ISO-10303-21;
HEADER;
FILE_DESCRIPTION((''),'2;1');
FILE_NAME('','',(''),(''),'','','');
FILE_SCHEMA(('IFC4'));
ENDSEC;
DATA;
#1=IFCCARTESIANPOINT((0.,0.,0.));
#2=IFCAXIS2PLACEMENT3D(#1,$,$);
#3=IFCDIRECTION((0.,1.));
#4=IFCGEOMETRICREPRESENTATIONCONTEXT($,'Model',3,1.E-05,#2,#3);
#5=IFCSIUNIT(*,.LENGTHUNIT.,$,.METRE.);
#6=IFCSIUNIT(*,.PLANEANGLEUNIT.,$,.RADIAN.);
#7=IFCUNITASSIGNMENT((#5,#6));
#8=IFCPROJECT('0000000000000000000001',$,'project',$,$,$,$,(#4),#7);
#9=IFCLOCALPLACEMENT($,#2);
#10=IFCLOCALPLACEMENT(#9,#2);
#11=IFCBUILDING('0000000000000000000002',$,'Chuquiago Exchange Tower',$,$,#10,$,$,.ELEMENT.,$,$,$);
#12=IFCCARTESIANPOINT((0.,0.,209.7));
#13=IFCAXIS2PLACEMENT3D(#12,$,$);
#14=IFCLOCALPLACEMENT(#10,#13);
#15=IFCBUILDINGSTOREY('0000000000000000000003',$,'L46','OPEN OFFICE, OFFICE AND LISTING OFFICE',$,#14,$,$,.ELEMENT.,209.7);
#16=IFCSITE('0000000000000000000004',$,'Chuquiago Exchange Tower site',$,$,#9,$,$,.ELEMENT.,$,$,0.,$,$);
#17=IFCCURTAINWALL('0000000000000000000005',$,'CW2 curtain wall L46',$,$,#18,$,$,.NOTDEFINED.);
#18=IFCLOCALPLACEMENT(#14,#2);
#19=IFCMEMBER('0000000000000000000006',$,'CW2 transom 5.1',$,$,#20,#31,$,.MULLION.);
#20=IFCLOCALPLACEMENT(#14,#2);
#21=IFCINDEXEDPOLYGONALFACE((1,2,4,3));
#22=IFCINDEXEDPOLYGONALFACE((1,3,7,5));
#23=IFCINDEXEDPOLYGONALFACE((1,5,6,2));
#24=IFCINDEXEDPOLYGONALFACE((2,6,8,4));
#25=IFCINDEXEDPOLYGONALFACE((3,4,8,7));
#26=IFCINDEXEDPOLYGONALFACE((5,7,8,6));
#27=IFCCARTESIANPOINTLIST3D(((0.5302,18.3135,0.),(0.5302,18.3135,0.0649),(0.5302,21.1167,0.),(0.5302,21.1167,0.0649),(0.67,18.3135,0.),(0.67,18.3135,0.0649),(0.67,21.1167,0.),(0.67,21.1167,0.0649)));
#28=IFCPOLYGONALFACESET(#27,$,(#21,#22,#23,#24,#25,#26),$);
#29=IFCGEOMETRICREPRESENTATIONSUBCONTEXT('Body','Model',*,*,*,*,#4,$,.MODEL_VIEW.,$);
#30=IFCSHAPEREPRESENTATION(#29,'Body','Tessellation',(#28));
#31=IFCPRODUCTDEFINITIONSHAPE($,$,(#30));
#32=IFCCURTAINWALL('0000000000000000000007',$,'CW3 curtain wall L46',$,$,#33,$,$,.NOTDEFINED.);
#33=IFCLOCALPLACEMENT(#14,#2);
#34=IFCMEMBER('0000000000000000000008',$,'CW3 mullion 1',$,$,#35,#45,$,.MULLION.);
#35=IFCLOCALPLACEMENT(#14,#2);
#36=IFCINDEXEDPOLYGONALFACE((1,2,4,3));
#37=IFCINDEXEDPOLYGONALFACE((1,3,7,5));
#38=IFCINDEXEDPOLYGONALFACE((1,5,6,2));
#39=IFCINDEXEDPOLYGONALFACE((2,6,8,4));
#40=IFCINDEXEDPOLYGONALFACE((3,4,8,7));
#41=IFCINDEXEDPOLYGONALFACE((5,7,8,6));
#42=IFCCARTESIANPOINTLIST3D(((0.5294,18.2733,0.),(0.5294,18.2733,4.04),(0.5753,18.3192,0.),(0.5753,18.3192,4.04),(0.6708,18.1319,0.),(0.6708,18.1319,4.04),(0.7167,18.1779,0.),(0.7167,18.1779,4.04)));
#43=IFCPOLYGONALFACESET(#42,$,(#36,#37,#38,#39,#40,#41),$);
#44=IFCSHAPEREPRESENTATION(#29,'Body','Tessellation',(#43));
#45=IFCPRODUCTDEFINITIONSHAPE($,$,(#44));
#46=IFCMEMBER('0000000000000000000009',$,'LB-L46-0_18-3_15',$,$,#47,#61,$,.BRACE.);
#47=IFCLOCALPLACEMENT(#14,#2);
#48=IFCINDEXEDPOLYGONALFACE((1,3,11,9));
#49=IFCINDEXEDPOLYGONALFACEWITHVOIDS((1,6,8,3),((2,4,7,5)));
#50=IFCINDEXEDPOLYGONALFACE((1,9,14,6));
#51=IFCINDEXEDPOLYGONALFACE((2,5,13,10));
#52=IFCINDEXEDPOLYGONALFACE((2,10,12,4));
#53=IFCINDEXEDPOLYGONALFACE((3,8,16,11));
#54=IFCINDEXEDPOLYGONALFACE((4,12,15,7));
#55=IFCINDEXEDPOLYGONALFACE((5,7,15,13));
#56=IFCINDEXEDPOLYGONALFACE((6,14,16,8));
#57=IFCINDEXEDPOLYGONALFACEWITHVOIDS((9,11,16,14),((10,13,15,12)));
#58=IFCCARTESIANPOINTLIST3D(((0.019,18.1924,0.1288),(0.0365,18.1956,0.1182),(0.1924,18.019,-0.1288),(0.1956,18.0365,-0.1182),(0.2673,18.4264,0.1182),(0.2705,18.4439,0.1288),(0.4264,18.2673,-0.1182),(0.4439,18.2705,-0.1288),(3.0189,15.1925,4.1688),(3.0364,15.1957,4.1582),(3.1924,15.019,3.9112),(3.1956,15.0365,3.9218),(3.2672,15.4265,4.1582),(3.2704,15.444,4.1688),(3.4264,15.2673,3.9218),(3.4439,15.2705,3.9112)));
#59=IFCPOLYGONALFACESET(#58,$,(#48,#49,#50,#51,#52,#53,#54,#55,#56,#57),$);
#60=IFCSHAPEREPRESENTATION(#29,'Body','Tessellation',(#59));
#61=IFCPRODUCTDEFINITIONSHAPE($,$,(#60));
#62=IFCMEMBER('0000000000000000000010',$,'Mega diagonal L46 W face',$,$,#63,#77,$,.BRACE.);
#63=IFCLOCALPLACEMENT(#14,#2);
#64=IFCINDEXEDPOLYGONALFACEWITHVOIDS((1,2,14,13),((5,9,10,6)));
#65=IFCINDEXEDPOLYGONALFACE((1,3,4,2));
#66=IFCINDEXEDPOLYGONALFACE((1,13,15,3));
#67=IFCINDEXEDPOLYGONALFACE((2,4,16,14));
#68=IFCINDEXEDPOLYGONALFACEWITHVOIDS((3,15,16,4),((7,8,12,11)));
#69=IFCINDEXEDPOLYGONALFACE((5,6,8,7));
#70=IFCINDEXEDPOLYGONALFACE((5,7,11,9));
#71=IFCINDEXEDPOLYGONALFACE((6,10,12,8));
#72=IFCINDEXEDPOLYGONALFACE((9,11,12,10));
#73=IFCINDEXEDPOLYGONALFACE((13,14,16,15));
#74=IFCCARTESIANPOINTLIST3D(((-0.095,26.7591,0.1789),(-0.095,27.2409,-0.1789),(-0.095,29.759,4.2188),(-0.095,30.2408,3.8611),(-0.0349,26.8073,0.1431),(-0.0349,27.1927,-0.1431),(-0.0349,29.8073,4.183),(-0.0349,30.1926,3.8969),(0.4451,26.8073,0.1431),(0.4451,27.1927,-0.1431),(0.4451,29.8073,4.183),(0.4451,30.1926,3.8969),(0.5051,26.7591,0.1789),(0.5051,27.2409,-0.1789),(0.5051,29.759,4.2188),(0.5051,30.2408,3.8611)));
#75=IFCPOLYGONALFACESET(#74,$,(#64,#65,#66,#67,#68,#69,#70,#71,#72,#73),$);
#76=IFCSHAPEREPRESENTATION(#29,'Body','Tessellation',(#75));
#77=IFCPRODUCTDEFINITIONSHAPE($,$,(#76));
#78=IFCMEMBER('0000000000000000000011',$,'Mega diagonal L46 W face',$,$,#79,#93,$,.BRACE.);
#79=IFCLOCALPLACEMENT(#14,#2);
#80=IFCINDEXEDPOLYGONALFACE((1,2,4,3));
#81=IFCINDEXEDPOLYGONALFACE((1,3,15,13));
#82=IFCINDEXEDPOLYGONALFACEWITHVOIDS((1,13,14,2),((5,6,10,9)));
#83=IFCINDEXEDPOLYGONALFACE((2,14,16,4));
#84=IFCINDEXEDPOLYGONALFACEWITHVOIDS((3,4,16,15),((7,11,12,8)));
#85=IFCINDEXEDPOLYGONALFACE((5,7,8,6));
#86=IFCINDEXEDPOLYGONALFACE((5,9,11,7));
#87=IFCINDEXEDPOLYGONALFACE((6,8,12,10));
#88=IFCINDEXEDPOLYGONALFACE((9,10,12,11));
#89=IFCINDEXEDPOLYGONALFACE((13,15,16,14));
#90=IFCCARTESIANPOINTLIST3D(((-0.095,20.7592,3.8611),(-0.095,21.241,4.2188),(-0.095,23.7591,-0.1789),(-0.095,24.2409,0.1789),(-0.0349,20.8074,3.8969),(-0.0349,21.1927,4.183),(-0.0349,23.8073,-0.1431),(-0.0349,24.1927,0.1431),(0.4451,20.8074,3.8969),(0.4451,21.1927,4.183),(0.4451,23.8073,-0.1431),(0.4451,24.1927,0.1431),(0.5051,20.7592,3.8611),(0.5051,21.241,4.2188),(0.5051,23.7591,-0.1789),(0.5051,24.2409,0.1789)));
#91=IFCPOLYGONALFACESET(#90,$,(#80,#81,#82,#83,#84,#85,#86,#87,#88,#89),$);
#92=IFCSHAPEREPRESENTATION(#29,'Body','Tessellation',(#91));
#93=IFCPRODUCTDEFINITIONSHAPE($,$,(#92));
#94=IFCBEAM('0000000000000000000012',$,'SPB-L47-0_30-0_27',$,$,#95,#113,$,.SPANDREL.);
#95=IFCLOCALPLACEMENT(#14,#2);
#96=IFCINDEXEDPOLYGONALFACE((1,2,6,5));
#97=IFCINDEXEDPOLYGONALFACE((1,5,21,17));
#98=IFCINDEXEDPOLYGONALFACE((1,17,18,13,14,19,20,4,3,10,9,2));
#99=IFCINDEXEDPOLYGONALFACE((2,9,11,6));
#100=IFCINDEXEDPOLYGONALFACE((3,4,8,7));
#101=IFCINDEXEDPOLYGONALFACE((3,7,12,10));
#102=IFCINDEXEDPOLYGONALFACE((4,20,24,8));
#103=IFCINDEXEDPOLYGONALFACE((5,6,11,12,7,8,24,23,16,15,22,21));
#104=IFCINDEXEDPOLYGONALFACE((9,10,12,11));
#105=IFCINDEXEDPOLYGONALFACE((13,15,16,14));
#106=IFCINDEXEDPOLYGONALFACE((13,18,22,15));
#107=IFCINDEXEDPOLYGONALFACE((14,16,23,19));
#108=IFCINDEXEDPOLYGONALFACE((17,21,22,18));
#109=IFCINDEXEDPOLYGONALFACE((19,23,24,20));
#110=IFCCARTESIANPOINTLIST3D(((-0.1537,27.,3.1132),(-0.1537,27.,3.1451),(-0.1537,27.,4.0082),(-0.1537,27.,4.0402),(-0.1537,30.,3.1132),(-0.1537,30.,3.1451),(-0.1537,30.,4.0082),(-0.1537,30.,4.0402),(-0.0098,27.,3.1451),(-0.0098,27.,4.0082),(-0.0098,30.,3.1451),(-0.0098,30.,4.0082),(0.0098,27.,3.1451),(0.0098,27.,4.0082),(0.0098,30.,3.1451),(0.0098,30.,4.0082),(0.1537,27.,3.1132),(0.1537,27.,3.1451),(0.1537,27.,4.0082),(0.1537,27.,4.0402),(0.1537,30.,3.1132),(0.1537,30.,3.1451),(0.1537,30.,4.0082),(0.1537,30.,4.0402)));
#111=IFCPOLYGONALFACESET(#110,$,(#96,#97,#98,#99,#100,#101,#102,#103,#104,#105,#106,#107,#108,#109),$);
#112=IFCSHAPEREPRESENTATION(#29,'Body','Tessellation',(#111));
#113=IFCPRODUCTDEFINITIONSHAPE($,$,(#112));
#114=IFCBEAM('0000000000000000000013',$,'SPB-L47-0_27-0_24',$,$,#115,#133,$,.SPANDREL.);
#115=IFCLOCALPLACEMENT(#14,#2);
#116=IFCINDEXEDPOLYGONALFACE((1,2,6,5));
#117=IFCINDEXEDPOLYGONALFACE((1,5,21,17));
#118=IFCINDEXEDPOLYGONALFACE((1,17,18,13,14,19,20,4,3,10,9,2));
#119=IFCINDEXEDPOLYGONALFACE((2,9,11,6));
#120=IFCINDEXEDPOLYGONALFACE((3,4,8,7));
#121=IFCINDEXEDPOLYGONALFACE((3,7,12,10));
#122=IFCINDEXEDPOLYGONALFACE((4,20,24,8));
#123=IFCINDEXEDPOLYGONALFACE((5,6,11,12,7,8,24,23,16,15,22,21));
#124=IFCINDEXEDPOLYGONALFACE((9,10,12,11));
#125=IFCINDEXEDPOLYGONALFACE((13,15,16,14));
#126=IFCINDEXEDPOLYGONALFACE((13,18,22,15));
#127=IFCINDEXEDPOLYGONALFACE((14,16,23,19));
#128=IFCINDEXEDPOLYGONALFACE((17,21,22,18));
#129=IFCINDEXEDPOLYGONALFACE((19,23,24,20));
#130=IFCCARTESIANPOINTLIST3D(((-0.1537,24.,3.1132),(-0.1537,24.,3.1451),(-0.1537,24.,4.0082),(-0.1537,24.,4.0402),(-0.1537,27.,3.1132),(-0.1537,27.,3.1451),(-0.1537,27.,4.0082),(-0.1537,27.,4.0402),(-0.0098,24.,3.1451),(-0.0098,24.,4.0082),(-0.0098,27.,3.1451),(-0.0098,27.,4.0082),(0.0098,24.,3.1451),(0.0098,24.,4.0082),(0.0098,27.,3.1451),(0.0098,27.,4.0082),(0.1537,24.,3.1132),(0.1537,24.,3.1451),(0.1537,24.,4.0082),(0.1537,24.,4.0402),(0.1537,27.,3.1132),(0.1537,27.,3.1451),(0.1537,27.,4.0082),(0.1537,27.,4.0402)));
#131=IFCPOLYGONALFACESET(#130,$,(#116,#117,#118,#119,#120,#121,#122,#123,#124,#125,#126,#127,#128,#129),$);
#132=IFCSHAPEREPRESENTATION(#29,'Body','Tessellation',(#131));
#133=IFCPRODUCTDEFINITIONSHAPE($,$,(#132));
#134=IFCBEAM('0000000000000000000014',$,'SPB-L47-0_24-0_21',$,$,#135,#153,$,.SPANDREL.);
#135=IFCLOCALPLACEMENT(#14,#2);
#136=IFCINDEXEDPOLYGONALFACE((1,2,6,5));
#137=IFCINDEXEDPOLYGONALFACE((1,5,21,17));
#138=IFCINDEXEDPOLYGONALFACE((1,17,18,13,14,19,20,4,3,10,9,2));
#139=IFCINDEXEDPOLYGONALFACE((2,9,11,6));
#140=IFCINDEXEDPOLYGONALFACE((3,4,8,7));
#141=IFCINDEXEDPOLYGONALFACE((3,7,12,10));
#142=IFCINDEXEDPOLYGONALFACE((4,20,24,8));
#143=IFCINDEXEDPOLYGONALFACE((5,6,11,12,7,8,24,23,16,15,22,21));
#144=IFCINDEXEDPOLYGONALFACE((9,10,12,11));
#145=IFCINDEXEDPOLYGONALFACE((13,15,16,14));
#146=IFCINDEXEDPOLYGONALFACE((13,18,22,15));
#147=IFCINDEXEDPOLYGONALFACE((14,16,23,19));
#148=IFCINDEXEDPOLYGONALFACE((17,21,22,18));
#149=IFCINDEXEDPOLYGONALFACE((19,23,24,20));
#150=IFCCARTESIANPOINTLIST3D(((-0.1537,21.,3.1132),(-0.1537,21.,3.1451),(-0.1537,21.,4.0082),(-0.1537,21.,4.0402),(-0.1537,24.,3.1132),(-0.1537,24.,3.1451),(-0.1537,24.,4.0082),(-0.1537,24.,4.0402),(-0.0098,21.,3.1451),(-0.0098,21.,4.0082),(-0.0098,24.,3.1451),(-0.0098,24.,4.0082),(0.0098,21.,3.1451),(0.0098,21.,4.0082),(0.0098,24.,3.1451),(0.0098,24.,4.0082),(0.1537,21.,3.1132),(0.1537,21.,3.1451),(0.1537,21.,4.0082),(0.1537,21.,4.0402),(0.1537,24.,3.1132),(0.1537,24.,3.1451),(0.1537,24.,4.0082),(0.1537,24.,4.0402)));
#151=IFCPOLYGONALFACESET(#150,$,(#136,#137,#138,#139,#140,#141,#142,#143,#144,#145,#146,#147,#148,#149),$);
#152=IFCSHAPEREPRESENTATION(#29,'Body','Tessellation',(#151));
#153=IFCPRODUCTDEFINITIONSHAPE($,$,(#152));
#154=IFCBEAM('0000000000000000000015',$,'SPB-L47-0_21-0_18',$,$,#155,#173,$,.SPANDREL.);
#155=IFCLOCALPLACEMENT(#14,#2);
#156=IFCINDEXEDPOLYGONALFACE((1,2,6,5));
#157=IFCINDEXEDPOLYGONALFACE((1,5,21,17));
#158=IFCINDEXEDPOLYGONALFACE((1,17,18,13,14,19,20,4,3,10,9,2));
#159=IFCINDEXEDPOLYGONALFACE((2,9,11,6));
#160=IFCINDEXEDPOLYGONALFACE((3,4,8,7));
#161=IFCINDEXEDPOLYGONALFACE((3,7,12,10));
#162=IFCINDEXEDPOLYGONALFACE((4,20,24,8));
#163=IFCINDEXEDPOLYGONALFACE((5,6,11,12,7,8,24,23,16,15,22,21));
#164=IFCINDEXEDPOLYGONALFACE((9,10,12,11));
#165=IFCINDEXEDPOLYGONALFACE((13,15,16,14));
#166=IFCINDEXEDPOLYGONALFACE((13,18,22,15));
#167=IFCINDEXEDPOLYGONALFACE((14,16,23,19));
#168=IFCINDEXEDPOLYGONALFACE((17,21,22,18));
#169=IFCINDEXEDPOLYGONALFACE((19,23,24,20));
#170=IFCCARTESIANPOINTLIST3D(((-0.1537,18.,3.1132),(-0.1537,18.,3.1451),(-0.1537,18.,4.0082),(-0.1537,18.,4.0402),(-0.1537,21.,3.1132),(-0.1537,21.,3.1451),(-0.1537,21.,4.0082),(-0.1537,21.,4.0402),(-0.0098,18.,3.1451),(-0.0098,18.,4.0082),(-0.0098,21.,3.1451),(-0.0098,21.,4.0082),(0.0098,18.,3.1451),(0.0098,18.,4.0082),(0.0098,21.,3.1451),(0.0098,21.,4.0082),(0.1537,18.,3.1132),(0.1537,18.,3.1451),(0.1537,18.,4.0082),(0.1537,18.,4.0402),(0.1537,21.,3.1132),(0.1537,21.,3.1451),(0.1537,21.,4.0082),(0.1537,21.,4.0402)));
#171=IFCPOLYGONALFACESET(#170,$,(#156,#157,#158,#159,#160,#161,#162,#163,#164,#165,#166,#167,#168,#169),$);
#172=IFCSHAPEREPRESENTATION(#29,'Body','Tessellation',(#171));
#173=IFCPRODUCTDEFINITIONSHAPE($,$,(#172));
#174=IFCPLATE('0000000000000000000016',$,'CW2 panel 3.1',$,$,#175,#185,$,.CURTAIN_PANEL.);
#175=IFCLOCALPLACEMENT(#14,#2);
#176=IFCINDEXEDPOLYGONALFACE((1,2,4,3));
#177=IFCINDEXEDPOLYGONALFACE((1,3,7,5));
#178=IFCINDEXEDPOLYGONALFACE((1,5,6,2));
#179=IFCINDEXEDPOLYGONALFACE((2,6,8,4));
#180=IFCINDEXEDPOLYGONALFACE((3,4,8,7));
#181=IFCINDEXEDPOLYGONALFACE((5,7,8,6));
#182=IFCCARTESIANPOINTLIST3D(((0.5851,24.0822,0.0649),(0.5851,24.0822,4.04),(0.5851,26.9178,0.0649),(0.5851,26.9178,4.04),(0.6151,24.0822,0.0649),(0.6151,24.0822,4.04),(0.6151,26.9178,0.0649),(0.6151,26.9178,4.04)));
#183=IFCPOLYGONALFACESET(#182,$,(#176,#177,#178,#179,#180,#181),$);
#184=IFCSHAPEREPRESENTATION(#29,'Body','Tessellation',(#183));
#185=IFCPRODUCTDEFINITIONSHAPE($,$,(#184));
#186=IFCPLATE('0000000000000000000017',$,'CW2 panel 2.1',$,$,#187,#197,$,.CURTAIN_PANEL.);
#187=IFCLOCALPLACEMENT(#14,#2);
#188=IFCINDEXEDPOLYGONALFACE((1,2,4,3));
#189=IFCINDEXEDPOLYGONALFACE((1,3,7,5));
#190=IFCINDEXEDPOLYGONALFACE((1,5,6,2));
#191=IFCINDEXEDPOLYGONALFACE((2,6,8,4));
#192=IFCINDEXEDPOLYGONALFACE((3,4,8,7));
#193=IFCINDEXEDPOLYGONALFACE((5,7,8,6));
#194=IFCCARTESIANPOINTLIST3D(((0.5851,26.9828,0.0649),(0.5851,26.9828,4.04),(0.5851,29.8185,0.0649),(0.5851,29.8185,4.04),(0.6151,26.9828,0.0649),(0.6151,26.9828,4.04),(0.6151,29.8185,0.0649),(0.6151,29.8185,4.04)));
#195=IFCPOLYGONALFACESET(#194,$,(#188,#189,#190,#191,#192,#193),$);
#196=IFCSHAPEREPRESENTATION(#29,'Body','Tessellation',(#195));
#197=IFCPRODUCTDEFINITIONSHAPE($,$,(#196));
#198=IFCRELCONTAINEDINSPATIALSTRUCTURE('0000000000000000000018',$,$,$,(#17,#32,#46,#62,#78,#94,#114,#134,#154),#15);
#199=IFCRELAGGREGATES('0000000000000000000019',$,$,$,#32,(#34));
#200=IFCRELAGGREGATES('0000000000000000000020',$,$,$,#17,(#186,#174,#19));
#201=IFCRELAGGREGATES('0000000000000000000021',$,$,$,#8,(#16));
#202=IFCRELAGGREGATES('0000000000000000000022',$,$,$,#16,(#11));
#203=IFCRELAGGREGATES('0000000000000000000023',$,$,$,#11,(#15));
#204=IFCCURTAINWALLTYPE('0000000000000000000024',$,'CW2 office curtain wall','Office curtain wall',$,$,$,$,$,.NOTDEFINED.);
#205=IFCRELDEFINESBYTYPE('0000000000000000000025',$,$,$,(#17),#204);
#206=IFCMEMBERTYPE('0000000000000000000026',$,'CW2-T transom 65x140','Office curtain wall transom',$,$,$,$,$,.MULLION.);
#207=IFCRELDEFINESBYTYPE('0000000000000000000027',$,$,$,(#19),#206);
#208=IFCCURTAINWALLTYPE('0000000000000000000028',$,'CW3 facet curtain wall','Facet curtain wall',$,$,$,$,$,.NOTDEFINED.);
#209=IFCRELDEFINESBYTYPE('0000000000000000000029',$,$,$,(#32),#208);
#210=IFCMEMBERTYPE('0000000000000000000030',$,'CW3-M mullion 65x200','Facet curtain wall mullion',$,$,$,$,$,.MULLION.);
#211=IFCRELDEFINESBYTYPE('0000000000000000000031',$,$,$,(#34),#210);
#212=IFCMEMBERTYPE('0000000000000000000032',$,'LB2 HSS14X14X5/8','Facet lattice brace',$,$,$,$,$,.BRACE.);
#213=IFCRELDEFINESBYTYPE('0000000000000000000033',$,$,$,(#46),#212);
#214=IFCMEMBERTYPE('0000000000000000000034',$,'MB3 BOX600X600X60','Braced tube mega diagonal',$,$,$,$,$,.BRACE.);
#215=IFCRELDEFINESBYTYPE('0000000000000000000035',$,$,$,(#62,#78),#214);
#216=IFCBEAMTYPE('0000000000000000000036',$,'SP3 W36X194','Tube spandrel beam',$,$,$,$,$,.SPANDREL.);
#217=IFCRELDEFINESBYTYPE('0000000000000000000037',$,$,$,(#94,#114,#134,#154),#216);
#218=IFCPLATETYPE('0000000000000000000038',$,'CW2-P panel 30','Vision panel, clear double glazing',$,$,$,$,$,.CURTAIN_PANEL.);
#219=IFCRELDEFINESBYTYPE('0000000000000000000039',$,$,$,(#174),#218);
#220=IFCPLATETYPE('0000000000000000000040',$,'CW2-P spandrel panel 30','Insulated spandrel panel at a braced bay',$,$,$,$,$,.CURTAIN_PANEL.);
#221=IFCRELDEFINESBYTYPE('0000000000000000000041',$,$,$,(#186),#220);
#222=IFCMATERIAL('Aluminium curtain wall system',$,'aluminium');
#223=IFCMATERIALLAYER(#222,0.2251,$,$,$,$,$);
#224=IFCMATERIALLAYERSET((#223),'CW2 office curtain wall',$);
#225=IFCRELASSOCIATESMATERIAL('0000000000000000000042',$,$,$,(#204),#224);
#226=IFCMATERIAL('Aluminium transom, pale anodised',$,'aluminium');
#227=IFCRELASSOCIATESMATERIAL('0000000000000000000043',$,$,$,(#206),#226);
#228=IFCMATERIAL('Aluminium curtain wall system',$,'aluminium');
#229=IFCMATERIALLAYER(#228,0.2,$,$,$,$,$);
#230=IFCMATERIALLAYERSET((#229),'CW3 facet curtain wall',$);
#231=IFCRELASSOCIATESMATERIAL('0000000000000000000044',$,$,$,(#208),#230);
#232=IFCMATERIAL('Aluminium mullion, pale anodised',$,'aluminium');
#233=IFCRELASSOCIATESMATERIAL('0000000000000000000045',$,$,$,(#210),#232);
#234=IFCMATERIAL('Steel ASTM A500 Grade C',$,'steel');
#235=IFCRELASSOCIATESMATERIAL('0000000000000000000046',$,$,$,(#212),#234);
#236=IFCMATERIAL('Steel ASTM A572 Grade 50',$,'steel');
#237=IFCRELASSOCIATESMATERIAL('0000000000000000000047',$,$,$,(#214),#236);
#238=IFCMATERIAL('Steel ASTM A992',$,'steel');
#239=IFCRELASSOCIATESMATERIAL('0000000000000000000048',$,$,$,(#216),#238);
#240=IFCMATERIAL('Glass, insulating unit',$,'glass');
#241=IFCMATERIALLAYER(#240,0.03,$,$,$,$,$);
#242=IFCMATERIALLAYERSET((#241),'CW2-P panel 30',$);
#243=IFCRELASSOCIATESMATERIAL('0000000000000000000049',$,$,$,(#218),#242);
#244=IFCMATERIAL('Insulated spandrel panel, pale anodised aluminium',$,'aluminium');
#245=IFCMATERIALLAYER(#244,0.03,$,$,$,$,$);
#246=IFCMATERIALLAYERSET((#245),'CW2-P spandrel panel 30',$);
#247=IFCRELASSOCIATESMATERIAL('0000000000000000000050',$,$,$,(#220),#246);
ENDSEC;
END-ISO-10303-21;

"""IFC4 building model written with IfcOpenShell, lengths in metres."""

from ifc_helpers import new_model, si_unit, direction, frame, origin, origin_2d, place, context, subcontext, project, spatial, rectangle, hollow_rectangle, i_section, extrude, material, layer, layer_set, material_profile, profile_set, type_object, element, aggregate, save


model = new_model("IFC4")

# Units and contexts
model_context = context("Model", 3, precision=1e-05, world=origin(), true_north=direction((0.0, 1.0)))
body_context = subcontext(model_context, "Body", "Model", "MODEL_VIEW")
ifc_project = project(units=[si_unit("LENGTHUNIT", "METRE"), si_unit("PLANEANGLEUNIT", "RADIAN")], contexts=[model_context])

# Site, building, storey
site_placement = place(None, origin())
site = spatial("IfcSite", under=ifc_project, at=site_placement, Name="Chuquiago Exchange Tower site", CompositionType="ELEMENT", RefElevation=0.0)
building_placement = place(site_placement, origin())
building = spatial("IfcBuilding", under=site, at=building_placement, Name="Chuquiago Exchange Tower", CompositionType="ELEMENT")
storey_placement = place(building_placement, frame((0.0, 0.0, 209.7)))
storey = spatial("IfcBuildingStorey", under=building, at=storey_placement, Name="L46", Description="OPEN OFFICE, OFFICE AND LISTING OFFICE", CompositionType="ELEMENT", Elevation=209.7)

# Curtain wall, member
ifc_material_1 = material(Name="Aluminium curtain wall system", Category="aluminium")
ifc_layer_1 = layer(ifc_material_1, 0.2251)
ifc_layer_set_1 = layer_set([ifc_layer_1], Name="CW2 office curtain wall")
curtain_wall_type_1 = type_object("IfcCurtainWallType", Name="CW2 office curtain wall", Description="Office curtain wall", PredefinedType="NOTDEFINED", material=ifc_layer_set_1)
curtain_wall_1_placement = place(storey_placement, origin())
curtain_wall_1 = element("IfcCurtainWall", 1, at=curtain_wall_1_placement, inside=storey, type_object=curtain_wall_type_1, Name="CW2 curtain wall L46", PredefinedType="NOTDEFINED")
ifc_material_2 = material(Name="Aluminium transom, pale anodised", Category="aluminium")
ifc_material_profile_1 = material_profile(ifc_material_2, rectangle(XDim=0.1399, YDim=0.0649, at=origin_2d()), Name="AL 140x65")
ifc_profile_set_1 = profile_set([ifc_material_profile_1], Name="Aluminium transom, pale anodised")
member_type_1 = type_object("IfcMemberType", Name="CW2-T transom 65x140", Description="Office curtain wall transom", PredefinedType="MULLION", material=ifc_profile_set_1)
member_1_placement = place(storey_placement, frame((0.6001, 21.1167, 0.0325), z_axis=(0.0, -1.0, 0.0), x_axis=(1.0, 0.0, 0.0)))
member_1 = element("IfcMember", 2, at=member_1_placement, type_object=member_type_1, Name="CW2 transom 5.1", PredefinedType="MULLION", context=body_context, shape_type="SweptSolid", body=[
    extrude(rectangle(XDim=0.1399, YDim=0.0649, at=origin_2d()), origin(), (0.0, 0.0, 1.0), 2.8032),
])

# Curtain wall, member
ifc_material_3 = material(Name="Aluminium curtain wall system", Category="aluminium")
ifc_layer_2 = layer(ifc_material_3, 0.2)
ifc_layer_set_2 = layer_set([ifc_layer_2], Name="CW3 facet curtain wall")
curtain_wall_type_2 = type_object("IfcCurtainWallType", Name="CW3 facet curtain wall", Description="Facet curtain wall", PredefinedType="NOTDEFINED", material=ifc_layer_set_2)
curtain_wall_2_placement = place(storey_placement, origin())
curtain_wall_2 = element("IfcCurtainWall", 3, at=curtain_wall_2_placement, inside=storey, type_object=curtain_wall_type_2, Name="CW3 curtain wall L46", PredefinedType="NOTDEFINED")
ifc_material_4 = material(Name="Aluminium mullion, pale anodised", Category="aluminium")
ifc_material_profile_2 = material_profile(ifc_material_4, rectangle(XDim=0.0649, YDim=0.2, at=origin_2d()), Name="AL 65x200")
ifc_profile_set_2 = profile_set([ifc_material_profile_2], Name="Aluminium mullion, pale anodised")
member_type_2 = type_object("IfcMemberType", Name="CW3-M mullion 65x200", Description="Facet curtain wall mullion", PredefinedType="MULLION", material=ifc_profile_set_2)
member_2_placement = place(storey_placement, frame((0.623, 18.2256, 0.0), z_axis=(0.0, 0.0, 1.0), x_axis=(0.707107, 0.707107, 0.0)))
member_2 = element("IfcMember", 4, at=member_2_placement, type_object=member_type_2, Name="CW3 mullion 1", PredefinedType="MULLION", context=body_context, shape_type="SweptSolid", body=[
    extrude(rectangle(XDim=0.0649, YDim=0.2, at=origin_2d()), origin(), (0.0, 0.0, 1.0), 4.04),
])
aggregate(curtain_wall_2, [member_2])

# Members
ifc_material_5 = material(Name="Steel ASTM A500 Grade C", Category="steel")
ifc_material_profile_3 = material_profile(ifc_material_5, hollow_rectangle(XDim=0.3557, YDim=0.3557, WallThickness=0.0146, at=origin_2d()), Name="HSS14X14X5/8")
ifc_profile_set_3 = profile_set([ifc_material_profile_3], Name="Steel ASTM A500 Grade C")
member_type_3 = type_object("IfcMemberType", Name="LB2 HSS14X14X5/8", Description="Facet lattice brace", PredefinedType="BRACE", material=ifc_profile_set_3)
member_3_placement = place(storey_placement, frame((0.2314, 18.2314, 0.0), z_axis=(0.512077, -0.512077, 0.689604), x_axis=(0.707107, 0.707107, 0.0)))
element("IfcMember", 5, at=member_3_placement, inside=storey, type_object=member_type_3, Name="LB-L46-0_18-3_15", PredefinedType="BRACE", context=body_context, shape_type="SweptSolid", body=[
    extrude(hollow_rectangle(XDim=0.3557, YDim=0.3557, WallThickness=0.0146, at=origin_2d()), origin(), (0.0, 0.0, 1.0), 5.8584),
])
ifc_material_6 = material(Name="Steel ASTM A572 Grade 50", Category="steel")
ifc_material_profile_4 = material_profile(ifc_material_6, hollow_rectangle(XDim=0.6001, YDim=0.6001, WallThickness=0.0601, at=origin_2d()), Name="BOX600X600X60")
ifc_profile_set_4 = profile_set([ifc_material_profile_4], Name="Steel ASTM A572 Grade 50")
member_type_4 = type_object("IfcMemberType", Name="MB3 BOX600X600X60", Description="Braced tube mega diagonal", PredefinedType="BRACE", material=ifc_profile_set_4)
for number, where, z_axis, x_axis, name in (
    (6, (0.2051, 27.0, 0.0), (0.0, 0.596174, 0.802855), (-1.0, 0.0, 0.0), "Mega diagonal L46 W face"),
    (7, (0.2051, 24.0, 0.0), (0.0, -0.596174, 0.802855), (1.0, 0.0, 0.0), "Mega diagonal L46 W face"),
):
    element("IfcMember", number, at=place(storey_placement, frame(where, z_axis=z_axis, x_axis=x_axis)), inside=storey, type_object=member_type_4, Name=name, PredefinedType="BRACE", context=body_context, shape_type="SweptSolid", body=[
        extrude(hollow_rectangle(XDim=0.6001, YDim=0.6001, WallThickness=0.0601, at=origin_2d()), origin(), (0.0, 0.0, 1.0), 5.032),
    ])

# Beams
ifc_material_7 = material(Name="Steel ASTM A992", Category="steel")
ifc_material_profile_5 = material_profile(ifc_material_7, i_section(OverallWidth=0.3074, OverallDepth=0.927, WebThickness=0.0195, FlangeThickness=0.032, at=origin_2d()), Name="W36X194")
ifc_profile_set_5 = profile_set([ifc_material_profile_5], Name="Steel ASTM A992")
beam_type = type_object("IfcBeamType", Name="SP3 W36X194", Description="Tube spandrel beam", PredefinedType="SPANDREL", material=ifc_profile_set_5)
for number, where, z_axis, x_axis, name in (
    (8, (0.0, 30.0, 3.5767), (0.0, -1.0, 0.0), (1.0, 0.0, 0.0), "SPB-L47-0_30-0_27"),
    (9, (0.0, 27.0, 3.5767), (0.0, -1.0, 0.0), (1.0, 0.0, 0.0), "SPB-L47-0_27-0_24"),
    (10, (0.0, 24.0, 3.5767), (0.0, -1.0, 0.0), (1.0, 0.0, 0.0), "SPB-L47-0_24-0_21"),
    (11, (0.0, 21.0, 3.5767), (0.0, -1.0, 0.0), (1.0, 0.0, 0.0), "SPB-L47-0_21-0_18"),
):
    element("IfcBeam", number, at=place(storey_placement, frame(where, z_axis=z_axis, x_axis=x_axis)), inside=storey, type_object=beam_type, Name=name, PredefinedType="SPANDREL", context=body_context, shape_type="SweptSolid", body=[
        extrude(i_section(OverallWidth=0.3074, OverallDepth=0.927, WebThickness=0.0195, FlangeThickness=0.032, at=origin_2d()), origin(), (0.0, 0.0, 1.0), 3.0),
    ])

# Plates
ifc_material_8 = material(Name="Glass, insulating unit", Category="glass")
ifc_layer_3 = layer(ifc_material_8, 0.03)
ifc_layer_set_3 = layer_set([ifc_layer_3], Name="CW2-P panel 30")
plate_type_1 = type_object("IfcPlateType", Name="CW2-P panel 30", Description="Vision panel, clear double glazing", PredefinedType="CURTAIN_PANEL", material=ifc_layer_set_3)
plate_1_placement = place(storey_placement, frame((0.6001, 25.5, 0.0649), z_axis=(0.0, 0.0, 1.0), x_axis=(0.0, -1.0, 0.0)))
plate_1 = element("IfcPlate", 12, at=plate_1_placement, type_object=plate_type_1, Name="CW2 panel 3.1", PredefinedType="CURTAIN_PANEL", context=body_context, shape_type="SweptSolid", body=[
    extrude(rectangle(XDim=2.8357, YDim=0.03, at=origin_2d()), origin(), (0.0, 0.0, 1.0), 3.9751),
])
ifc_material_9 = material(Name="Insulated spandrel panel, pale anodised aluminium", Category="aluminium")
ifc_layer_4 = layer(ifc_material_9, 0.03)
ifc_layer_set_4 = layer_set([ifc_layer_4], Name="CW2-P spandrel panel 30")
plate_type_2 = type_object("IfcPlateType", Name="CW2-P spandrel panel 30", Description="Insulated spandrel panel at a braced bay", PredefinedType="CURTAIN_PANEL", material=ifc_layer_set_4)
plate_2_placement = place(storey_placement, frame((0.6001, 28.4006, 0.0649), z_axis=(0.0, 0.0, 1.0), x_axis=(0.0, -1.0, 0.0)))
plate_2 = element("IfcPlate", 13, at=plate_2_placement, type_object=plate_type_2, Name="CW2 panel 2.1", PredefinedType="CURTAIN_PANEL", context=body_context, shape_type="SweptSolid", body=[
    extrude(rectangle(XDim=2.8357, YDim=0.03, at=origin_2d()), origin(), (0.0, 0.0, 1.0), 3.9751),
])
aggregate(curtain_wall_1, [plate_2, plate_1, member_1])

save(model, "model.ifc")
